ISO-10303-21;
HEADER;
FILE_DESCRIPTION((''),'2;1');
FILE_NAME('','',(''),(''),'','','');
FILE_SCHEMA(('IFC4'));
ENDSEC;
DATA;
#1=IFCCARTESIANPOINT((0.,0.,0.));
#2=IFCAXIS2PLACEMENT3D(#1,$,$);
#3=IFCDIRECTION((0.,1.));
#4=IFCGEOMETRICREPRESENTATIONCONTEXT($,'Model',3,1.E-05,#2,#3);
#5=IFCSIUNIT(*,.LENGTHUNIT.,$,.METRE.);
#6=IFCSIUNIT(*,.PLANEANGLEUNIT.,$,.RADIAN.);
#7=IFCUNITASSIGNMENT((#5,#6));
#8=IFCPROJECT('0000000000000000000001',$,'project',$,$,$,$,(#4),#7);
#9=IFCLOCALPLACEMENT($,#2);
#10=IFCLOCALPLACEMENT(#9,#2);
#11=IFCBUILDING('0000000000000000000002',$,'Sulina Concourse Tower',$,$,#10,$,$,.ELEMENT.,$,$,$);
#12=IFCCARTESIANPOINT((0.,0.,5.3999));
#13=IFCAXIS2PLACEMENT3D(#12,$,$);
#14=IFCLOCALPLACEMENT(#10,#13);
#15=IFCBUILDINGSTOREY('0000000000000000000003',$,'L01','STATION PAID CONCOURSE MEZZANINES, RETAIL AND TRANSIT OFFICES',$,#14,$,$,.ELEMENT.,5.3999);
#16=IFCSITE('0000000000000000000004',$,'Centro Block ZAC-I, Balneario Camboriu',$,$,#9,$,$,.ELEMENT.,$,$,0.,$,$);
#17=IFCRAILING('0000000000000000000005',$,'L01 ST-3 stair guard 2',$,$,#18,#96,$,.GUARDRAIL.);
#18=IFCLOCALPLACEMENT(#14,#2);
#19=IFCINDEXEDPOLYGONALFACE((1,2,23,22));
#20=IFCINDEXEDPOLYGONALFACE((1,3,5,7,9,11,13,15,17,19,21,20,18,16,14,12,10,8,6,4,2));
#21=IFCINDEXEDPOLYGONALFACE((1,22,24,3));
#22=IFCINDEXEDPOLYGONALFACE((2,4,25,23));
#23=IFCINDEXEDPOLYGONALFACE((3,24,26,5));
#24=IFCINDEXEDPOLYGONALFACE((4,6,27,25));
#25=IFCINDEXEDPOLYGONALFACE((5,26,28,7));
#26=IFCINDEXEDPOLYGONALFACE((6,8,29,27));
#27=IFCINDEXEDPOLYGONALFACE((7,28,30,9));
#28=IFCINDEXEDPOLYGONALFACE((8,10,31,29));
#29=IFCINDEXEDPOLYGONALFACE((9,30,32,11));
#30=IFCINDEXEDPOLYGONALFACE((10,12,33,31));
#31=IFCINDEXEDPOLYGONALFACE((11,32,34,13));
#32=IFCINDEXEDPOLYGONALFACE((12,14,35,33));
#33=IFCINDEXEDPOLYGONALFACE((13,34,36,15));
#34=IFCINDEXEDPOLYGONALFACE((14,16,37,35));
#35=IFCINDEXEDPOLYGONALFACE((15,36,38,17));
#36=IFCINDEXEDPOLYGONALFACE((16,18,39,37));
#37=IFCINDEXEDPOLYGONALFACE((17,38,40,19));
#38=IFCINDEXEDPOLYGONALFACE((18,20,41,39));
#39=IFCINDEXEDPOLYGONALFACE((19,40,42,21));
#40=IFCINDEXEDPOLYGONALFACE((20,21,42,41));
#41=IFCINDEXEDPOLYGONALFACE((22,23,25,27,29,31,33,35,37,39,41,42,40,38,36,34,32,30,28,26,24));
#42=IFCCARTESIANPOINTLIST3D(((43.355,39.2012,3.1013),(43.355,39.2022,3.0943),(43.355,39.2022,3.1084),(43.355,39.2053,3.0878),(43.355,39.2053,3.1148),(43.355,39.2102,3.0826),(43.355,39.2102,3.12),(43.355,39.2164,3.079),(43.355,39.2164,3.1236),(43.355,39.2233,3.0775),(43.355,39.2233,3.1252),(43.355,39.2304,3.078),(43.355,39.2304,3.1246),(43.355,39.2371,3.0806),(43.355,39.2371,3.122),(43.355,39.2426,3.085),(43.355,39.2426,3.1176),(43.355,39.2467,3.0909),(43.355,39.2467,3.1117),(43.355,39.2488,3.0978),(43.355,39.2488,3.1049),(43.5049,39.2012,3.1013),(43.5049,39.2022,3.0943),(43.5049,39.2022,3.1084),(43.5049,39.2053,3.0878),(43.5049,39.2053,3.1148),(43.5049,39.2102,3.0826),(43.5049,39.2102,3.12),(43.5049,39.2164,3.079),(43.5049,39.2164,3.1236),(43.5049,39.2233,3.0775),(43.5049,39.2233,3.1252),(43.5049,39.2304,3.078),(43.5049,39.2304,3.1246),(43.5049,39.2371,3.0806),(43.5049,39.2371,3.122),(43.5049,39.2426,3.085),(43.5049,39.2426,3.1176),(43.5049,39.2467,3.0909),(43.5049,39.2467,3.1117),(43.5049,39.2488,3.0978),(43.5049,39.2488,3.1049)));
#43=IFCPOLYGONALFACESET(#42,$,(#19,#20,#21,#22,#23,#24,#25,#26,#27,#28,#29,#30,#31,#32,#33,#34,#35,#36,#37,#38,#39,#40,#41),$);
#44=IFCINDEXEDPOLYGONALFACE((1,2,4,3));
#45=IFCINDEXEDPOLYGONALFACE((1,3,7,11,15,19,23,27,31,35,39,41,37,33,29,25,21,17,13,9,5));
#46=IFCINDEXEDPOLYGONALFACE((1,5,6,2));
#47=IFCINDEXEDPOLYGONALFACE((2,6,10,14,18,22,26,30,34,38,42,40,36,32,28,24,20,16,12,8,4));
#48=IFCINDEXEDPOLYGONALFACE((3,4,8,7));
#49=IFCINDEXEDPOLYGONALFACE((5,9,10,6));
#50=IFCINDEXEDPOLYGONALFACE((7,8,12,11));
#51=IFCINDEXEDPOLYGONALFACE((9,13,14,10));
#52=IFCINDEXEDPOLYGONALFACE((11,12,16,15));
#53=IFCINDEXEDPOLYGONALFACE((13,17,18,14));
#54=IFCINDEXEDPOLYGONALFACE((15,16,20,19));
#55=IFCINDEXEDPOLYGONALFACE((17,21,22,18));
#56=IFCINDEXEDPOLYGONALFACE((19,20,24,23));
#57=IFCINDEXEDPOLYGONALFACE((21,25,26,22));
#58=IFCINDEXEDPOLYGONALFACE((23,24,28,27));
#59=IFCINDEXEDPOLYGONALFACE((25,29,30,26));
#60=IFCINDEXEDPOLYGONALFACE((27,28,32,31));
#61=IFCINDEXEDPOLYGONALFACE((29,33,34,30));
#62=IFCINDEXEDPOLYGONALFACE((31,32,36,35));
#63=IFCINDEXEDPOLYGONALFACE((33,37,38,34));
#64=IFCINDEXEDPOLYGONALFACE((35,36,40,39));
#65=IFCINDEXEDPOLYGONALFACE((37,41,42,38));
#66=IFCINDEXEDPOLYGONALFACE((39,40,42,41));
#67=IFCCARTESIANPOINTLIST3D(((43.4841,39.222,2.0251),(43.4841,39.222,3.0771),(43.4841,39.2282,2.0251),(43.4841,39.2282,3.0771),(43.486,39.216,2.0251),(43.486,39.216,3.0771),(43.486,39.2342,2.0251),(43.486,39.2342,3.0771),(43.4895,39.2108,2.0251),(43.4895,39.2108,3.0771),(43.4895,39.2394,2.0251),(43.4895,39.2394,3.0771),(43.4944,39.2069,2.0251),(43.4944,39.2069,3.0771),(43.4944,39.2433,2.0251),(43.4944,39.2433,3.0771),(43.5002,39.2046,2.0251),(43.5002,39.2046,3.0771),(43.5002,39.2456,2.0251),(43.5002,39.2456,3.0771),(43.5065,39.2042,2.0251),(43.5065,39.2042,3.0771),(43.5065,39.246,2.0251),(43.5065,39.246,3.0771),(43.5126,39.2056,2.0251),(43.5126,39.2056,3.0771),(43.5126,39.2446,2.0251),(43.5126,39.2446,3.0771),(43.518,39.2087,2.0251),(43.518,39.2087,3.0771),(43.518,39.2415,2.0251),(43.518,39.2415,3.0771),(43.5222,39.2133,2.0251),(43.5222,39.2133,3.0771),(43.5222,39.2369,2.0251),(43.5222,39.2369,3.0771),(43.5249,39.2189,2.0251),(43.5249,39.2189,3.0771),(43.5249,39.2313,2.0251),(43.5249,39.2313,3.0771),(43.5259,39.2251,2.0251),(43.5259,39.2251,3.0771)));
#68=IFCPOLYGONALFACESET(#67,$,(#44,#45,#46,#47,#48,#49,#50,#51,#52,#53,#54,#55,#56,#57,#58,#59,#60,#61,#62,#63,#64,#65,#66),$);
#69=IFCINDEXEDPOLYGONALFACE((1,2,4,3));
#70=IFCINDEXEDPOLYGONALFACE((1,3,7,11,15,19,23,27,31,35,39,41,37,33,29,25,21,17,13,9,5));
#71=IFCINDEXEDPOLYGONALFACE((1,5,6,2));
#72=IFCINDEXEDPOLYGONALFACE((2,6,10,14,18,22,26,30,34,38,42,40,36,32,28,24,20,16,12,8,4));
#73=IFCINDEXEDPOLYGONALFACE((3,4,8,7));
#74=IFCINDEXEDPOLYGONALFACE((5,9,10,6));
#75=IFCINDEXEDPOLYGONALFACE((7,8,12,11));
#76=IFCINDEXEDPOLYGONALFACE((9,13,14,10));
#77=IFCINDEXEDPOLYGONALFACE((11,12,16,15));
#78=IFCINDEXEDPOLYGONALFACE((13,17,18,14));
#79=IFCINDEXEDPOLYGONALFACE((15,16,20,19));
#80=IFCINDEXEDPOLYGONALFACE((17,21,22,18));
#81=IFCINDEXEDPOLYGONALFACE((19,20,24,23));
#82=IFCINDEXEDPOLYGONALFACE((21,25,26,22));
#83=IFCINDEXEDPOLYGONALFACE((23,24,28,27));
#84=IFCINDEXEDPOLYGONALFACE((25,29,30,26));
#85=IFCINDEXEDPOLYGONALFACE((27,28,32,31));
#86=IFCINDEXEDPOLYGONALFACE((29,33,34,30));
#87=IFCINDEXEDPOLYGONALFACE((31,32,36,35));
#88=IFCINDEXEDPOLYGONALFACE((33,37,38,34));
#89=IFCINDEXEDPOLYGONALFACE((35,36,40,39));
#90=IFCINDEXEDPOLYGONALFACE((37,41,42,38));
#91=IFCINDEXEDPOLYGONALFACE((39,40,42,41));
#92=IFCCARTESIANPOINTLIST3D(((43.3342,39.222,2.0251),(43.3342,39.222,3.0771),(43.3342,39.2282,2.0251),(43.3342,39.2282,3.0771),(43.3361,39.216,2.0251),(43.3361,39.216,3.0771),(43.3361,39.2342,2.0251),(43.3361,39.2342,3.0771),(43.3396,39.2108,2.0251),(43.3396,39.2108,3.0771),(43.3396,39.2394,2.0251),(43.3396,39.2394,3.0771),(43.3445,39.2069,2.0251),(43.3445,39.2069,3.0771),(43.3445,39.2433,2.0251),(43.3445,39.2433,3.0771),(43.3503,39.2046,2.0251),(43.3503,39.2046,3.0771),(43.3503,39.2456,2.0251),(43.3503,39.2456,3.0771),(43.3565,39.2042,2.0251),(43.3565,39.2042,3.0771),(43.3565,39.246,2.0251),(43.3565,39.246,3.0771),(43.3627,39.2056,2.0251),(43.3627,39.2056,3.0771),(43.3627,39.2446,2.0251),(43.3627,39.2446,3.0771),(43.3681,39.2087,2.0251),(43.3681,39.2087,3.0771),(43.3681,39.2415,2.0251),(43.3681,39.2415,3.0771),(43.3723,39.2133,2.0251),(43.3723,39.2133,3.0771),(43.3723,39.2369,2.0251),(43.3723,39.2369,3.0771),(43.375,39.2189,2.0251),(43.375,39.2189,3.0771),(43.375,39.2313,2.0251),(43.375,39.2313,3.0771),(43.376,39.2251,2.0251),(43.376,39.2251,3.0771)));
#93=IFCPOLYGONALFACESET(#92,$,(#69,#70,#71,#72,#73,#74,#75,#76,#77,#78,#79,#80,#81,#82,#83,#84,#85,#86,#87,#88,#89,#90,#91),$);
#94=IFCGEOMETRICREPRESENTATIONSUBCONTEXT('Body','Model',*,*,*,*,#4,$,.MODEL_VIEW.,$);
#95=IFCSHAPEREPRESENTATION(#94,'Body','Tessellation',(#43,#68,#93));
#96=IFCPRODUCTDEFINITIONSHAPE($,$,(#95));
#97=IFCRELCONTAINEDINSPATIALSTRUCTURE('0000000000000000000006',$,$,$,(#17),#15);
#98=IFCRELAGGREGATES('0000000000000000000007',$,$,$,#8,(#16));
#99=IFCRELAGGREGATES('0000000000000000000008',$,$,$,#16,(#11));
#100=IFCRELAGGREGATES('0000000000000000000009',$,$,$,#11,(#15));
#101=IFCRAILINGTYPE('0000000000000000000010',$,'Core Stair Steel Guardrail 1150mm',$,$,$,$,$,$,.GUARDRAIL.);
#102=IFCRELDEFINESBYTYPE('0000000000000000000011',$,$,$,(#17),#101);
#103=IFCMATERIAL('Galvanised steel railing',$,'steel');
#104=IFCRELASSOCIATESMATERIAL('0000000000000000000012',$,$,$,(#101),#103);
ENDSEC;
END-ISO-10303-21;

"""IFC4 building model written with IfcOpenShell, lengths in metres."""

from ifc_helpers import new_model, si_unit, direction, frame, origin, origin_2d, place, context, subcontext, project, spatial, circle, extrude, material, type_object, element, save


model = new_model("IFC4")

# Units and contexts
model_context = context("Model", 3, precision=1e-05, world=origin(), true_north=direction((0.0, 1.0)))
body_context = subcontext(model_context, "Body", "Model", "MODEL_VIEW")
ifc_project = project(units=[si_unit("LENGTHUNIT", "METRE"), si_unit("PLANEANGLEUNIT", "RADIAN")], contexts=[model_context])

# Site, building, storey
site_placement = place(None, origin())
site = spatial("IfcSite", under=ifc_project, at=site_placement, Name="Centro Block ZAC-I, Balneario Camboriu", CompositionType="ELEMENT", RefElevation=0.0)
building_placement = place(site_placement, origin())
building = spatial("IfcBuilding", under=site, at=building_placement, Name="Sulina Concourse Tower", CompositionType="ELEMENT")
storey_placement = place(building_placement, frame((0.0, 0.0, 5.3999)))
storey = spatial("IfcBuildingStorey", under=building, at=storey_placement, Name="L01", Description="STATION PAID CONCOURSE MEZZANINES, RETAIL AND TRANSIT OFFICES", CompositionType="ELEMENT", Elevation=5.3999)

# Railing
ifc_material_1 = material(Name="Galvanised steel railing", Category="steel")
railing_type_1 = type_object("IfcRailingType", Name="Core Stair Steel Guardrail 1150mm", PredefinedType="GUARDRAIL", material=ifc_material_1)
railing_1_placement = place(storey_placement, frame((43.5049, 39.2251, 2.0251)))
element("IfcRailing", 1, at=railing_1_placement, inside=storey, type_object=railing_type_1, Name="L01 ST-3 stair guard 2", PredefinedType="GUARDRAIL", context=body_context, shape_type="SweptSolid", body=[
    extrude(circle(Radius=0.0239, at=origin_2d()), frame((0.0, 0.0, 1.0762), z_axis=(-1.0, 0.0, 0.0), x_axis=(0.0, -1.0, 0.0)), (0.0, 0.0, 1.0), 0.1499),
    extrude(circle(Radius=0.021, at=origin_2d()), origin(), (0.0, 0.0, 1.0), 1.052),
    extrude(circle(Radius=0.021, at=origin_2d()), frame((-0.1499, 0.0, 0.0)), (0.0, 0.0, 1.0), 1.052),
])

save(model, "model.ifc")
